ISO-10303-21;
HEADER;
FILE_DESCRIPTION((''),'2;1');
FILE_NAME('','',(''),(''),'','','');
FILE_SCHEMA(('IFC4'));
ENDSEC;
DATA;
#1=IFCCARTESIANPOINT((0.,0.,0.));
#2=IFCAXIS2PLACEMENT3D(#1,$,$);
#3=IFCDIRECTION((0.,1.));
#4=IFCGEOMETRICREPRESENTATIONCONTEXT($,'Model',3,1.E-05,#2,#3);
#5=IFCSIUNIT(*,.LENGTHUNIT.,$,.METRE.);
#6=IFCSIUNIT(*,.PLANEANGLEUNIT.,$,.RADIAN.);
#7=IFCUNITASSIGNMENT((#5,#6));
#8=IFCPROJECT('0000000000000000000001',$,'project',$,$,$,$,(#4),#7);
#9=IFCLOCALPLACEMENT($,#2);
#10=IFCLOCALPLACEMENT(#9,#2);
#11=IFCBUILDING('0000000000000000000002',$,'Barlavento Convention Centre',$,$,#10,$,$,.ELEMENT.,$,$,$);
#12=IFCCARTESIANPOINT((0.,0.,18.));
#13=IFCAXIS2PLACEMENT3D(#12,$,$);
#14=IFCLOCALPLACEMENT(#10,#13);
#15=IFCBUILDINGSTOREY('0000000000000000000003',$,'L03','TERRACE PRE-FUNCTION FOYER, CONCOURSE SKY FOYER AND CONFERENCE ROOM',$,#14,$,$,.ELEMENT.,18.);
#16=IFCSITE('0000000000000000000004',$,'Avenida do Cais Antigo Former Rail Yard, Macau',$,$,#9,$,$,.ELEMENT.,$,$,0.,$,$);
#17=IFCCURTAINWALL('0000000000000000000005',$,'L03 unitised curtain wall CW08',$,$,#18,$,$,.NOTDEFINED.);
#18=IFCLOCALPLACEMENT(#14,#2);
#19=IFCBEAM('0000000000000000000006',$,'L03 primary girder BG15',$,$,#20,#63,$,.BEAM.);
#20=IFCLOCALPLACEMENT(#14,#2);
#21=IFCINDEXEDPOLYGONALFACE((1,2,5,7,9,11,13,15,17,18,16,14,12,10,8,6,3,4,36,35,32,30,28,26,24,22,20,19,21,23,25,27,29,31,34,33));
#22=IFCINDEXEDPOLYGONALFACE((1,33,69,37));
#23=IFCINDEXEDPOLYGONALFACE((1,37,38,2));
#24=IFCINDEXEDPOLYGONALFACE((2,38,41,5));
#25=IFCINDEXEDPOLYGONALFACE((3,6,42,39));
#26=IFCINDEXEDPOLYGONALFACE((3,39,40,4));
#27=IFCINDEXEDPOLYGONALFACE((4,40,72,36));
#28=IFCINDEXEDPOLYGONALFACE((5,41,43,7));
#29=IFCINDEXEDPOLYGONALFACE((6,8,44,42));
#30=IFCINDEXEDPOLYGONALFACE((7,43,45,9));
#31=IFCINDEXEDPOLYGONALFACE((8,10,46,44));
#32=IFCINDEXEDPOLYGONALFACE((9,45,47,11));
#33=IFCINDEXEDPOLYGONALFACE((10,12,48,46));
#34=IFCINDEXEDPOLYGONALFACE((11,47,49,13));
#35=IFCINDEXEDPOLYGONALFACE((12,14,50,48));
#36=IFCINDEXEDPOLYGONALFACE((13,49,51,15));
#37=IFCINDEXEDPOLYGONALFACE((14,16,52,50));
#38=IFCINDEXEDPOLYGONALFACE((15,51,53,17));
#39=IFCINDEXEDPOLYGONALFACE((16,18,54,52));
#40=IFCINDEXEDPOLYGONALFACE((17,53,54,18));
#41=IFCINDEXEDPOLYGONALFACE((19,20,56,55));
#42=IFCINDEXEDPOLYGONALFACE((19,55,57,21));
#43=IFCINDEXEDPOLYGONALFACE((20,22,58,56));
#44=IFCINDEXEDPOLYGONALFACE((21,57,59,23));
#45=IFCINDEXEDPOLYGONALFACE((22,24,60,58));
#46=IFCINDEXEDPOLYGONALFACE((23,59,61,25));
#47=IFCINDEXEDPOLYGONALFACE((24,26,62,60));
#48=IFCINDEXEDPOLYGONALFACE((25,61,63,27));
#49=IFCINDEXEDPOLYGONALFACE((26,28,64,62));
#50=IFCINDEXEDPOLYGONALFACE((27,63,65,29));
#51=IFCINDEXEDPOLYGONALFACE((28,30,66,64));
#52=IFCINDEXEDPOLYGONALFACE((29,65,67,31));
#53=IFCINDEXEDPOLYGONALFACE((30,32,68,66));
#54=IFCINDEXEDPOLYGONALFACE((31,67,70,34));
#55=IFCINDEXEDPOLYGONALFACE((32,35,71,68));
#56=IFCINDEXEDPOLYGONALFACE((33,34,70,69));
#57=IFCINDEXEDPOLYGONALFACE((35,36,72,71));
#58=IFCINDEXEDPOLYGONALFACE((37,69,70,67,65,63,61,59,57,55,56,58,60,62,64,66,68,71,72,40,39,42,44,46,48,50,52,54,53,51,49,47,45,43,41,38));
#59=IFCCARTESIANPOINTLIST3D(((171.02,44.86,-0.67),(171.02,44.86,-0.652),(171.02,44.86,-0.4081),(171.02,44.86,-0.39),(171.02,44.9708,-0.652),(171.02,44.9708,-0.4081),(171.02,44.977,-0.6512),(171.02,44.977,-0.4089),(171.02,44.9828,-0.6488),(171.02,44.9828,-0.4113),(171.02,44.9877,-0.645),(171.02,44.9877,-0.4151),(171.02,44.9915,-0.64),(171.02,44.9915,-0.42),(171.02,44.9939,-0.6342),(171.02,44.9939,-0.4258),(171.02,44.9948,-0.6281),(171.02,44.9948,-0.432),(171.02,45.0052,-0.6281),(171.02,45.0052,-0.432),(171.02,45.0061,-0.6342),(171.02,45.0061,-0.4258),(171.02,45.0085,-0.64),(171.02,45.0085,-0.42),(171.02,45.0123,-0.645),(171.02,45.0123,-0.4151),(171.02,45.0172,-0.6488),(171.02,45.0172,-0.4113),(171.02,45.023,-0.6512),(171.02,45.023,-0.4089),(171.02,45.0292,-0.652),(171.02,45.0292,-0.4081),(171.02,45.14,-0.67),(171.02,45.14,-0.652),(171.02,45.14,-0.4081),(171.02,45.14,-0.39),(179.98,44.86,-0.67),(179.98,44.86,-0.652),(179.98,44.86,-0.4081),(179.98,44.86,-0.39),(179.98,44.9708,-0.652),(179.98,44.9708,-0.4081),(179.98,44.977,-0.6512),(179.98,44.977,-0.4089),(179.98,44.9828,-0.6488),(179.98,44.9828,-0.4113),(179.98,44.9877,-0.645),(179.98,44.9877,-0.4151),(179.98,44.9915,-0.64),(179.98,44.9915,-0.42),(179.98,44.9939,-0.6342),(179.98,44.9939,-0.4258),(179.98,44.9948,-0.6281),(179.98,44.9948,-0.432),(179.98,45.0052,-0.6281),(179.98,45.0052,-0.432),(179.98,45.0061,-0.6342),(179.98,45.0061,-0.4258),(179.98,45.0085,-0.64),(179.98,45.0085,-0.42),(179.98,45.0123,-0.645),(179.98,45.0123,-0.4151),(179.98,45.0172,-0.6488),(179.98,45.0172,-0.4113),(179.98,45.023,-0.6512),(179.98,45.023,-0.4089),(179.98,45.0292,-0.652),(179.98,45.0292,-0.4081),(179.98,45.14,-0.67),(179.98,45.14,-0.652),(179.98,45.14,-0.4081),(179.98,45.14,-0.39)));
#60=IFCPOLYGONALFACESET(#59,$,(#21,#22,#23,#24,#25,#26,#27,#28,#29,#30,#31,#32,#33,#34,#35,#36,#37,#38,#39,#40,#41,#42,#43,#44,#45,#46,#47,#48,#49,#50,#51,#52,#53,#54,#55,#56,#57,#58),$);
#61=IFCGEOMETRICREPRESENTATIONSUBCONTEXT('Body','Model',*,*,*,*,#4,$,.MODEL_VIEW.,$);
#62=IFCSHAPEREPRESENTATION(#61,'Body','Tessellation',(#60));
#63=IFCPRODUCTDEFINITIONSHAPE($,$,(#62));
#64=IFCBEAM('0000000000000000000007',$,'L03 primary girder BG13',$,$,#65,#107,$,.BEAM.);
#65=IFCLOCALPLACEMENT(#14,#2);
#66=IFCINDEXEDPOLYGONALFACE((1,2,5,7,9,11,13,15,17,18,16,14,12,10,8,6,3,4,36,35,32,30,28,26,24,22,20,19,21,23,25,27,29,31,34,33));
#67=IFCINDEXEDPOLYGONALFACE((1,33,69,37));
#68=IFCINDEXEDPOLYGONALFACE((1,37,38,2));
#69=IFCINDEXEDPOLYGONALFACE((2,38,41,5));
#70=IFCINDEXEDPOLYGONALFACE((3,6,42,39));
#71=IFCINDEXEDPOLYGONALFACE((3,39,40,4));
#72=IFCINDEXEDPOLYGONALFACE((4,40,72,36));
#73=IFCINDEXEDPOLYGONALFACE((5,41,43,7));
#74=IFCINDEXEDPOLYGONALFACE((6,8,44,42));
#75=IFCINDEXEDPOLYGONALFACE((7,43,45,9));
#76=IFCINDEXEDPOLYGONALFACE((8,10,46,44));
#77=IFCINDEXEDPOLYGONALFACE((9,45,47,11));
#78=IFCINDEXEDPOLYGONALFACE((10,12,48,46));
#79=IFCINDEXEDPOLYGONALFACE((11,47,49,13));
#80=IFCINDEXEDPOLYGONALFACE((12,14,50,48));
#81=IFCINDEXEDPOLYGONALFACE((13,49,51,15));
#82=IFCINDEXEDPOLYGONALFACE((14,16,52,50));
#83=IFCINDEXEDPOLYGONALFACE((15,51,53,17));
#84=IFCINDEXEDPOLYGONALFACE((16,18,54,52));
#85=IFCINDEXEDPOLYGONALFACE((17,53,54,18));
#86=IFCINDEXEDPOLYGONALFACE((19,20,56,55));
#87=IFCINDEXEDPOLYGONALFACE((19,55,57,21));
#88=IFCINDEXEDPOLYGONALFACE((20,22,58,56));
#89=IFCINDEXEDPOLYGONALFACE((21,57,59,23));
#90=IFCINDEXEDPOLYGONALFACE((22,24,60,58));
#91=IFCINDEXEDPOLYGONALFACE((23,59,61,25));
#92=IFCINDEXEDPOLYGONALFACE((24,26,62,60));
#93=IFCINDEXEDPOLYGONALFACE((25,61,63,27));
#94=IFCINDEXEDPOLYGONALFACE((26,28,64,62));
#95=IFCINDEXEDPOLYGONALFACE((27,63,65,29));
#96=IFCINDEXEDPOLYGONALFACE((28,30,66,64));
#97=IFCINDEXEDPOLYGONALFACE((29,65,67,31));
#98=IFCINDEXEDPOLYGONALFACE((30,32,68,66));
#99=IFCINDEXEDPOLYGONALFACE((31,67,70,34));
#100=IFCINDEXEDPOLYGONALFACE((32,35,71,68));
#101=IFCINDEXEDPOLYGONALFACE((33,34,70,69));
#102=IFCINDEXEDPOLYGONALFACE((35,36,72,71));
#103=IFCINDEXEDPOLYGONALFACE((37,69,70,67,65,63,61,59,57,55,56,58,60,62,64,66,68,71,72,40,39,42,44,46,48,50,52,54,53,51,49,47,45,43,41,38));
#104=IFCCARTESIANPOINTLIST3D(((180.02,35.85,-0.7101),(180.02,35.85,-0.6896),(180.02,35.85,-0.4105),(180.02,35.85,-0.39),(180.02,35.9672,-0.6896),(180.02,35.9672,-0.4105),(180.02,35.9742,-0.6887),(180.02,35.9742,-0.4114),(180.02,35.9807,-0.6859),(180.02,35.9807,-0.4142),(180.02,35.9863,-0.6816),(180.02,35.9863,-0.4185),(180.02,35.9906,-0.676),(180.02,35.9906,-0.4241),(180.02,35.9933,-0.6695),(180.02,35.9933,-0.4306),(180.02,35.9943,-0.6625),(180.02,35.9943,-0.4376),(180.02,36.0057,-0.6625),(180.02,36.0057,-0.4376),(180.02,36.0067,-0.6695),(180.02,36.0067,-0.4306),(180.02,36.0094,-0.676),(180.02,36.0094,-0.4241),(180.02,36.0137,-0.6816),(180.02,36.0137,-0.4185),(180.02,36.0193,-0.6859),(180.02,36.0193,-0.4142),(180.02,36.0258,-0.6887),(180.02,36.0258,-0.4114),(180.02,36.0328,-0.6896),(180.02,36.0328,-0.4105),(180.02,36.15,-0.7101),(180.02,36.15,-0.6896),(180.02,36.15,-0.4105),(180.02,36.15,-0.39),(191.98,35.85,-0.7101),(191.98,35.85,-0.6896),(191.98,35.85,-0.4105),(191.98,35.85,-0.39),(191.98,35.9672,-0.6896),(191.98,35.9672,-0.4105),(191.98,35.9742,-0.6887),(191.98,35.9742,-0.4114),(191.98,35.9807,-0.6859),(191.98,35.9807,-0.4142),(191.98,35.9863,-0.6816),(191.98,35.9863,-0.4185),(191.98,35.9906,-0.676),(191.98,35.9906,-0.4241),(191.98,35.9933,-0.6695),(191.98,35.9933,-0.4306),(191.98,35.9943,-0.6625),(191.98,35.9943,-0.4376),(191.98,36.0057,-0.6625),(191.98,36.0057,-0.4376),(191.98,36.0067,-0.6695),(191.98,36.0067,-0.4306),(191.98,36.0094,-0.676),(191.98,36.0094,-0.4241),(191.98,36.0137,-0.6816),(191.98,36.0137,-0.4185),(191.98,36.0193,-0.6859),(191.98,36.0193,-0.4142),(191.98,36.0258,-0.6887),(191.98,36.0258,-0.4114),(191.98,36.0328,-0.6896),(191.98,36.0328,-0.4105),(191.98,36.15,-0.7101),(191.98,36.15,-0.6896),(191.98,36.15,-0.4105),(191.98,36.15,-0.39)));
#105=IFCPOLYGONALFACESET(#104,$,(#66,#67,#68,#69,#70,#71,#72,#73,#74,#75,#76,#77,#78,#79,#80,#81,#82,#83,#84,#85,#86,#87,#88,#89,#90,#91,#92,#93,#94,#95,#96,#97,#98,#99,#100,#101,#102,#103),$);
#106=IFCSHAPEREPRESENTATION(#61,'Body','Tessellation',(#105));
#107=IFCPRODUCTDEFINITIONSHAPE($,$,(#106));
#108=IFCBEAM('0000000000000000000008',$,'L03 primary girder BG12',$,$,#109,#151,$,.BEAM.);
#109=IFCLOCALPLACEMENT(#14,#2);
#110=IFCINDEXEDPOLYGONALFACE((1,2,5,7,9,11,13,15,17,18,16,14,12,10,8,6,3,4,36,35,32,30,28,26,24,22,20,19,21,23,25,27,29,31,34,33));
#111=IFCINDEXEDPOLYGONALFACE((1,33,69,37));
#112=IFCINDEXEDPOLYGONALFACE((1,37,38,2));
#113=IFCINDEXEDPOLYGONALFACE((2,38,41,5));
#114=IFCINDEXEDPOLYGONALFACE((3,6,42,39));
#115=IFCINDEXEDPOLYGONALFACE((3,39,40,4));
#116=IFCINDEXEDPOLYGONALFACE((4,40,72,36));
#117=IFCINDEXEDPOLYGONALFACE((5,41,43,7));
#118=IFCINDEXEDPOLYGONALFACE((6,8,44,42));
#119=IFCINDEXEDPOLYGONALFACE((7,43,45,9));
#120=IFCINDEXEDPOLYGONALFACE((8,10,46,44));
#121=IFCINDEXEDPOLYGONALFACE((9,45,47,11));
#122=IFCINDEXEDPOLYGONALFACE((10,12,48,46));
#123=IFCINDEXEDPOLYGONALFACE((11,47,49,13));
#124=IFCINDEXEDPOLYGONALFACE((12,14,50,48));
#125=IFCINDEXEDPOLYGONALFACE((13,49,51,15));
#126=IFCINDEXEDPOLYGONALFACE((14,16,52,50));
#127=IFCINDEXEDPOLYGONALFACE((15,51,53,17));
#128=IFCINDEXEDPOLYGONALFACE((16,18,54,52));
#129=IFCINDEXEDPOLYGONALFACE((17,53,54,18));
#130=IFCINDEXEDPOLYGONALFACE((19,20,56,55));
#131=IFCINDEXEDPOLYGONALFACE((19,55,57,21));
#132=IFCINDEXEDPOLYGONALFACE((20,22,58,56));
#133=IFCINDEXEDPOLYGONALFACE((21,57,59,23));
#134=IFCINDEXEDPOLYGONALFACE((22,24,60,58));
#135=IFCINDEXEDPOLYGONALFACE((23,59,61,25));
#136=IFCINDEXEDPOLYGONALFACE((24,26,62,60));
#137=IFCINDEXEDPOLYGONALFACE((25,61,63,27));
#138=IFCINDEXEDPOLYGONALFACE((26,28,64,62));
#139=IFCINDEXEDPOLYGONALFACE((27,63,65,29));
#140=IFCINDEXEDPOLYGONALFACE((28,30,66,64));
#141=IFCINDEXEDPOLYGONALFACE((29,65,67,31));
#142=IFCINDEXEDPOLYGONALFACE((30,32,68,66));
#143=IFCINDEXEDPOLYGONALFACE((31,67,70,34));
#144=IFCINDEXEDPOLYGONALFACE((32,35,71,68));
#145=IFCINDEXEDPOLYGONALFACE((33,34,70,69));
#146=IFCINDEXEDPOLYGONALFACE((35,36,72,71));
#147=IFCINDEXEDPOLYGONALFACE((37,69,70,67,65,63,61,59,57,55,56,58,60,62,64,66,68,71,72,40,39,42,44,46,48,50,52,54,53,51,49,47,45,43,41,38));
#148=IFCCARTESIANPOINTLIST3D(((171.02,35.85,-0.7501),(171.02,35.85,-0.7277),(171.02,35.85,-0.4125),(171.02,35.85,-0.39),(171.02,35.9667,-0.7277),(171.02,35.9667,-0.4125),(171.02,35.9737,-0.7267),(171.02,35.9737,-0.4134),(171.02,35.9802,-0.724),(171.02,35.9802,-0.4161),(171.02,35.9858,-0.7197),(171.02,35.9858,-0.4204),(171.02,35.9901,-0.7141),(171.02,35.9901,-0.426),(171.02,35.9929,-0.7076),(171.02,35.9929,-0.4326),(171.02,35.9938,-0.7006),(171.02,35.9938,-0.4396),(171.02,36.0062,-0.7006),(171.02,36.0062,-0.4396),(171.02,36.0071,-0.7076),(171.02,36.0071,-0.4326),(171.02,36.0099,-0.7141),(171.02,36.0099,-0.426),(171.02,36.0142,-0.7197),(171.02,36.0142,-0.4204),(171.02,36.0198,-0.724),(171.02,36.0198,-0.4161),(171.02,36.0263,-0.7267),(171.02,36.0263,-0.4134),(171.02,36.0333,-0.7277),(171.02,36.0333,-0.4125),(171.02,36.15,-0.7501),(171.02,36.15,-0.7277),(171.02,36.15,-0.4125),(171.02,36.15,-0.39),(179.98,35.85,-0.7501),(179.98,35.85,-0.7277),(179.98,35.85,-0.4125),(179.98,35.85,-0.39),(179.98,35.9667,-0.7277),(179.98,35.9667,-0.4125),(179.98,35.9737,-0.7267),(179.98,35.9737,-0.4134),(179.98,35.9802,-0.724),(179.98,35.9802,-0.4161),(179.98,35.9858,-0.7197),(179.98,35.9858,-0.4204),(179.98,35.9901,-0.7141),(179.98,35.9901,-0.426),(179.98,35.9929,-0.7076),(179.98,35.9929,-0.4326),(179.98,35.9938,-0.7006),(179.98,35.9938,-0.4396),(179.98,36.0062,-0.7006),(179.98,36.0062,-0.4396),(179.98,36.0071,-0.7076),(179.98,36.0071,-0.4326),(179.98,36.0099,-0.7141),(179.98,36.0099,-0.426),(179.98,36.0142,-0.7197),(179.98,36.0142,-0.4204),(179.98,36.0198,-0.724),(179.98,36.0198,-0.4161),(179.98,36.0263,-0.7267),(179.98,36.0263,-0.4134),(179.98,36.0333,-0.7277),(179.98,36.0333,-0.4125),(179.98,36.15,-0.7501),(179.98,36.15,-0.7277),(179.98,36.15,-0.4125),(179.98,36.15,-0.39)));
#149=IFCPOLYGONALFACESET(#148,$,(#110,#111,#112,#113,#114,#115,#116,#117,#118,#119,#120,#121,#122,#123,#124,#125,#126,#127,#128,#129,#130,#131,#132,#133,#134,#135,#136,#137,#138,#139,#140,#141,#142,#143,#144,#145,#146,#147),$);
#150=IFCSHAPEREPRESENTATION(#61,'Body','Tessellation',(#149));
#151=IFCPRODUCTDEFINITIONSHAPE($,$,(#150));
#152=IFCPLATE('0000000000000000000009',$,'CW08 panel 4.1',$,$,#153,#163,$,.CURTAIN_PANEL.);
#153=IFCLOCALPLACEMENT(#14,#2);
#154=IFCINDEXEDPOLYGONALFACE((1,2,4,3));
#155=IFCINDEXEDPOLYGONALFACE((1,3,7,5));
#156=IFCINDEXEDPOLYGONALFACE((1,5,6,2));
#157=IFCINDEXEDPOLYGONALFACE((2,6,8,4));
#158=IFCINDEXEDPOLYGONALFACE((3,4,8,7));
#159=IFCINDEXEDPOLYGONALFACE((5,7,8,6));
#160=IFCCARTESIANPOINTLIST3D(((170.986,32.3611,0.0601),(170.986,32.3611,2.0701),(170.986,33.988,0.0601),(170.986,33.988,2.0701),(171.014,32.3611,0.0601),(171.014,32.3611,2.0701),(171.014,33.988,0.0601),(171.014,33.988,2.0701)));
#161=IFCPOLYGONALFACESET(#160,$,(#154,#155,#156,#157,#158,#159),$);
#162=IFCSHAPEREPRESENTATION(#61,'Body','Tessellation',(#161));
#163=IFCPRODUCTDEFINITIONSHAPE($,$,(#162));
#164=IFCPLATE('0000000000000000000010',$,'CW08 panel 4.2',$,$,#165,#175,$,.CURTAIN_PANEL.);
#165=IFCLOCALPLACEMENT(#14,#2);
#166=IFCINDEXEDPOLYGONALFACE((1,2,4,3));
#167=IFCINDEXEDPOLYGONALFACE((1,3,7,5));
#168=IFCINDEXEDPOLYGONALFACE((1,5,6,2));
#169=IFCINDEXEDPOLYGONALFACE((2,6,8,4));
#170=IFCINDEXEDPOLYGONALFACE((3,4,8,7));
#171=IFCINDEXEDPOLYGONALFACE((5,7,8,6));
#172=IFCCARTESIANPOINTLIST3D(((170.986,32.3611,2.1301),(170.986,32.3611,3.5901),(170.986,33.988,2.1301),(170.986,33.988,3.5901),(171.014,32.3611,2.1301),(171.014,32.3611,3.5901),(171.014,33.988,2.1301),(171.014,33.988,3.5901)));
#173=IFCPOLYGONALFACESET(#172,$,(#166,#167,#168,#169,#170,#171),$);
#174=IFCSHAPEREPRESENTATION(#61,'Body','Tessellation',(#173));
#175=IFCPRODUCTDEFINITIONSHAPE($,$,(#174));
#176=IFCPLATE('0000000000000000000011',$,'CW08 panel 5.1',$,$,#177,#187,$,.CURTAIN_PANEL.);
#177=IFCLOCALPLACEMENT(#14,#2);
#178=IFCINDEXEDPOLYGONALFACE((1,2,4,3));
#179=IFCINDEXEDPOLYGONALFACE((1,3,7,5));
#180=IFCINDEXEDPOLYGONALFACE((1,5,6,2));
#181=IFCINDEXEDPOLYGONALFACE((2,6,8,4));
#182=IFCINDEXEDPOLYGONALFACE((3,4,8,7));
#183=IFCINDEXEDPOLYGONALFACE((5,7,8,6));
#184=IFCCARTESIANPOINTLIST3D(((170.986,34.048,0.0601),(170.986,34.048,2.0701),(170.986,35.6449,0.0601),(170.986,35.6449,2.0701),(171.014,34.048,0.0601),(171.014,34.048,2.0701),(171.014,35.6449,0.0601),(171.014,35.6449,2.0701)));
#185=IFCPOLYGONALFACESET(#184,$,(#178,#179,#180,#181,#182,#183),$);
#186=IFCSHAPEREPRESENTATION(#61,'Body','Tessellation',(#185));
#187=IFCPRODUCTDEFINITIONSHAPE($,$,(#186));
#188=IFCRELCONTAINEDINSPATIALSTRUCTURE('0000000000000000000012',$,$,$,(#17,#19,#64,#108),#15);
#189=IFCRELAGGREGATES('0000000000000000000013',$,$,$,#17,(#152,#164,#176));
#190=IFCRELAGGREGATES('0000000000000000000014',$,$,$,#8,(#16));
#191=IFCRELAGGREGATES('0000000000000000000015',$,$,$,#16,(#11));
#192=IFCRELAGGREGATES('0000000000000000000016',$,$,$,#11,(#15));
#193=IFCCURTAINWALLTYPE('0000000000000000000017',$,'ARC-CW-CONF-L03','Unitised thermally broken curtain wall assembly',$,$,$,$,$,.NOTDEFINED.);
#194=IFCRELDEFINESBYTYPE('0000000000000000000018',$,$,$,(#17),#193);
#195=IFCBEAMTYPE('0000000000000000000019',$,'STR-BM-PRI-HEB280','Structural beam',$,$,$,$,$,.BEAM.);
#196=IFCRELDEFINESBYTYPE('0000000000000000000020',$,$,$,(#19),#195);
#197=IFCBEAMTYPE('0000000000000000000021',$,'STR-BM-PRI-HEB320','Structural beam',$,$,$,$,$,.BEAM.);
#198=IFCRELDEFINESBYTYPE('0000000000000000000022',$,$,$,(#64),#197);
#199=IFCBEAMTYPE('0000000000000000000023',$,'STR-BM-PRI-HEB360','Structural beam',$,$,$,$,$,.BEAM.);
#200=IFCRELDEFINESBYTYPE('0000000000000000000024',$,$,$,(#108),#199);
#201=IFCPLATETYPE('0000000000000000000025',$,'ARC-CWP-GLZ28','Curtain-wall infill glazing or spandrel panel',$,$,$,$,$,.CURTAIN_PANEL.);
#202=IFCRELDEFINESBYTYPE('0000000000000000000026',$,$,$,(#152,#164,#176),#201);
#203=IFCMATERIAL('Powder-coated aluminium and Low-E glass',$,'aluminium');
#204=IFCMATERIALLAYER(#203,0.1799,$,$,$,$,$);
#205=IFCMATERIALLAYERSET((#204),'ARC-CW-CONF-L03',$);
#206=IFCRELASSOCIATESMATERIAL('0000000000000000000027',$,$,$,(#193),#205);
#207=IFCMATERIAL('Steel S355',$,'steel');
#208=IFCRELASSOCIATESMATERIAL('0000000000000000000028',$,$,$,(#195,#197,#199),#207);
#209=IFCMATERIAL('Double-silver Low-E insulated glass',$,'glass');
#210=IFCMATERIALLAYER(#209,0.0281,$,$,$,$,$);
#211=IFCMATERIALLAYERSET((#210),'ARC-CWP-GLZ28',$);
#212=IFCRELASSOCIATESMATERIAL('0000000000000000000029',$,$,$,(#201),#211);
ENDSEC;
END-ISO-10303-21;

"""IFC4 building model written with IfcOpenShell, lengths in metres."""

from ifc_helpers import new_model, si_unit, direction, frame, origin, origin_2d, place, context, subcontext, project, spatial, rectangle, i_section, extrude, material, layer, layer_set, material_profile, profile_set, type_object, element, aggregate, save


model = new_model("IFC4")

# Units and contexts
model_context = context("Model", 3, precision=1e-05, world=origin(), true_north=direction((0.0, 1.0)))
body_context = subcontext(model_context, "Body", "Model", "MODEL_VIEW")
ifc_project = project(units=[si_unit("LENGTHUNIT", "METRE"), si_unit("PLANEANGLEUNIT", "RADIAN")], contexts=[model_context])

# Site, building, storey
site_placement = place(None, origin())
site = spatial("IfcSite", under=ifc_project, at=site_placement, Name="Avenida do Cais Antigo Former Rail Yard, Macau", CompositionType="ELEMENT", RefElevation=0.0)
building_placement = place(site_placement, origin())
building = spatial("IfcBuilding", under=site, at=building_placement, Name="Barlavento Convention Centre", CompositionType="ELEMENT")
storey_placement = place(building_placement, frame((0.0, 0.0, 18.0)))
storey = spatial("IfcBuildingStorey", under=building, at=storey_placement, Name="L03", Description="TERRACE PRE-FUNCTION FOYER, CONCOURSE SKY FOYER AND CONFERENCE ROOM", CompositionType="ELEMENT", Elevation=18.0)

# Shared definitions
ifc_material_1 = material(Name="Steel S355", Category="steel")

# Curtain wall
ifc_material_2 = material(Name="Powder-coated aluminium and Low-E glass", Category="aluminium")
ifc_layer_1 = layer(ifc_material_2, 0.1799)
ifc_layer_set_1 = layer_set([ifc_layer_1], Name="ARC-CW-CONF-L03")
curtain_wall_type = type_object("IfcCurtainWallType", Name="ARC-CW-CONF-L03", Description="Unitised thermally broken curtain wall assembly", PredefinedType="NOTDEFINED", material=ifc_layer_set_1)
curtain_wall_placement = place(storey_placement, origin())
curtain_wall = element("IfcCurtainWall", 1, at=curtain_wall_placement, inside=storey, type_object=curtain_wall_type, Name="L03 unitised curtain wall CW08", PredefinedType="NOTDEFINED")

# Beams
ifc_material_profile_1 = material_profile(ifc_material_1, i_section(OverallWidth=0.28, OverallDepth=0.28, WebThickness=0.0105, FlangeThickness=0.0181, FilletRadius=0.0239, at=origin_2d()), Name="HEB 280")
ifc_profile_set_1 = profile_set([ifc_material_profile_1], Name="Steel S355")
beam_type_1 = type_object("IfcBeamType", Name="STR-BM-PRI-HEB280", Description="Structural beam", PredefinedType="BEAM", material=ifc_profile_set_1)
beam_1_placement = place(storey_placement, frame((171.02, 45.0, -0.53), z_axis=(1.0, 0.0, 0.0), x_axis=(0.0, 1.0, 0.0)))
element("IfcBeam", 2, at=beam_1_placement, inside=storey, type_object=beam_type_1, Name="L03 primary girder BG15", PredefinedType="BEAM", context=body_context, shape_type="SweptSolid", body=[
    extrude(i_section(OverallWidth=0.28, OverallDepth=0.28, WebThickness=0.0105, FlangeThickness=0.0181, FilletRadius=0.0239, at=origin_2d()), origin(), (0.0, 0.0, 1.0), 8.96),
])
ifc_material_profile_2 = material_profile(ifc_material_1, i_section(OverallWidth=0.3, OverallDepth=0.3201, WebThickness=0.0115, FlangeThickness=0.0205, FilletRadius=0.0271, at=origin_2d()), Name="HEB 320")
ifc_profile_set_2 = profile_set([ifc_material_profile_2], Name="Steel S355")
beam_type_2 = type_object("IfcBeamType", Name="STR-BM-PRI-HEB320", Description="Structural beam", PredefinedType="BEAM", material=ifc_profile_set_2)
beam_2_placement = place(storey_placement, frame((180.02, 36.0, -0.55), z_axis=(1.0, 0.0, 0.0), x_axis=(0.0, 1.0, 0.0)))
element("IfcBeam", 3, at=beam_2_placement, inside=storey, type_object=beam_type_2, Name="L03 primary girder BG13", PredefinedType="BEAM", context=body_context, shape_type="SweptSolid", body=[
    extrude(i_section(OverallWidth=0.3, OverallDepth=0.3201, WebThickness=0.0115, FlangeThickness=0.0205, FilletRadius=0.0271, at=origin_2d()), origin(), (0.0, 0.0, 1.0), 11.96),
])
ifc_material_profile_3 = material_profile(ifc_material_1, i_section(OverallWidth=0.3, OverallDepth=0.3601, WebThickness=0.0125, FlangeThickness=0.0225, FilletRadius=0.0271, at=origin_2d()), Name="HEB 360")
ifc_profile_set_3 = profile_set([ifc_material_profile_3], Name="Steel S355")
beam_type_3 = type_object("IfcBeamType", Name="STR-BM-PRI-HEB360", Description="Structural beam", PredefinedType="BEAM", material=ifc_profile_set_3)
beam_3_placement = place(storey_placement, frame((171.02, 36.0, -0.5701), z_axis=(1.0, 0.0, 0.0), x_axis=(0.0, 1.0, 0.0)))
element("IfcBeam", 4, at=beam_3_placement, inside=storey, type_object=beam_type_3, Name="L03 primary girder BG12", PredefinedType="BEAM", context=body_context, shape_type="SweptSolid", body=[
    extrude(i_section(OverallWidth=0.3, OverallDepth=0.3601, WebThickness=0.0125, FlangeThickness=0.0225, FilletRadius=0.0271, at=origin_2d()), origin(), (0.0, 0.0, 1.0), 8.96),
])

# Plates
ifc_material_3 = material(Name="Double-silver Low-E insulated glass", Category="glass")
ifc_layer_2 = layer(ifc_material_3, 0.0281)
ifc_layer_set_2 = layer_set([ifc_layer_2], Name="ARC-CWP-GLZ28")
plate_type = type_object("IfcPlateType", Name="ARC-CWP-GLZ28", Description="Curtain-wall infill glazing or spandrel panel", PredefinedType="CURTAIN_PANEL", material=ifc_layer_set_2)
plate_1_placement = place(storey_placement, frame((171.0, 33.1746, 0.0601), z_axis=(0.0, 0.0, 1.0), x_axis=(0.0, 1.0, 0.0)))
plate_1 = element("IfcPlate", 5, at=plate_1_placement, type_object=plate_type, Name="CW08 panel 4.1", PredefinedType="CURTAIN_PANEL", context=body_context, shape_type="SweptSolid", body=[
    extrude(rectangle(XDim=1.627, YDim=0.0281, at=origin_2d()), origin(), (0.0, 0.0, 1.0), 2.01),
])
plate_2_placement = place(storey_placement, frame((171.0, 33.1746, 2.1301), z_axis=(0.0, 0.0, 1.0), x_axis=(0.0, 1.0, 0.0)))
plate_2 = element("IfcPlate", 6, at=plate_2_placement, type_object=plate_type, Name="CW08 panel 4.2", PredefinedType="CURTAIN_PANEL", context=body_context, shape_type="SweptSolid", body=[
    extrude(rectangle(XDim=1.627, YDim=0.0281, at=origin_2d()), origin(), (0.0, 0.0, 1.0), 1.46),
])
plate_3_placement = place(storey_placement, frame((171.0, 34.8464, 0.0601), z_axis=(0.0, 0.0, 1.0), x_axis=(0.0, 1.0, 0.0)))
plate_3 = element("IfcPlate", 7, at=plate_3_placement, type_object=plate_type, Name="CW08 panel 5.1", PredefinedType="CURTAIN_PANEL", context=body_context, shape_type="SweptSolid", body=[
    extrude(rectangle(XDim=1.5969, YDim=0.0281, at=origin_2d()), origin(), (0.0, 0.0, 1.0), 2.01),
])
aggregate(curtain_wall, [plate_1, plate_2, plate_3])

save(model, "model.ifc")
